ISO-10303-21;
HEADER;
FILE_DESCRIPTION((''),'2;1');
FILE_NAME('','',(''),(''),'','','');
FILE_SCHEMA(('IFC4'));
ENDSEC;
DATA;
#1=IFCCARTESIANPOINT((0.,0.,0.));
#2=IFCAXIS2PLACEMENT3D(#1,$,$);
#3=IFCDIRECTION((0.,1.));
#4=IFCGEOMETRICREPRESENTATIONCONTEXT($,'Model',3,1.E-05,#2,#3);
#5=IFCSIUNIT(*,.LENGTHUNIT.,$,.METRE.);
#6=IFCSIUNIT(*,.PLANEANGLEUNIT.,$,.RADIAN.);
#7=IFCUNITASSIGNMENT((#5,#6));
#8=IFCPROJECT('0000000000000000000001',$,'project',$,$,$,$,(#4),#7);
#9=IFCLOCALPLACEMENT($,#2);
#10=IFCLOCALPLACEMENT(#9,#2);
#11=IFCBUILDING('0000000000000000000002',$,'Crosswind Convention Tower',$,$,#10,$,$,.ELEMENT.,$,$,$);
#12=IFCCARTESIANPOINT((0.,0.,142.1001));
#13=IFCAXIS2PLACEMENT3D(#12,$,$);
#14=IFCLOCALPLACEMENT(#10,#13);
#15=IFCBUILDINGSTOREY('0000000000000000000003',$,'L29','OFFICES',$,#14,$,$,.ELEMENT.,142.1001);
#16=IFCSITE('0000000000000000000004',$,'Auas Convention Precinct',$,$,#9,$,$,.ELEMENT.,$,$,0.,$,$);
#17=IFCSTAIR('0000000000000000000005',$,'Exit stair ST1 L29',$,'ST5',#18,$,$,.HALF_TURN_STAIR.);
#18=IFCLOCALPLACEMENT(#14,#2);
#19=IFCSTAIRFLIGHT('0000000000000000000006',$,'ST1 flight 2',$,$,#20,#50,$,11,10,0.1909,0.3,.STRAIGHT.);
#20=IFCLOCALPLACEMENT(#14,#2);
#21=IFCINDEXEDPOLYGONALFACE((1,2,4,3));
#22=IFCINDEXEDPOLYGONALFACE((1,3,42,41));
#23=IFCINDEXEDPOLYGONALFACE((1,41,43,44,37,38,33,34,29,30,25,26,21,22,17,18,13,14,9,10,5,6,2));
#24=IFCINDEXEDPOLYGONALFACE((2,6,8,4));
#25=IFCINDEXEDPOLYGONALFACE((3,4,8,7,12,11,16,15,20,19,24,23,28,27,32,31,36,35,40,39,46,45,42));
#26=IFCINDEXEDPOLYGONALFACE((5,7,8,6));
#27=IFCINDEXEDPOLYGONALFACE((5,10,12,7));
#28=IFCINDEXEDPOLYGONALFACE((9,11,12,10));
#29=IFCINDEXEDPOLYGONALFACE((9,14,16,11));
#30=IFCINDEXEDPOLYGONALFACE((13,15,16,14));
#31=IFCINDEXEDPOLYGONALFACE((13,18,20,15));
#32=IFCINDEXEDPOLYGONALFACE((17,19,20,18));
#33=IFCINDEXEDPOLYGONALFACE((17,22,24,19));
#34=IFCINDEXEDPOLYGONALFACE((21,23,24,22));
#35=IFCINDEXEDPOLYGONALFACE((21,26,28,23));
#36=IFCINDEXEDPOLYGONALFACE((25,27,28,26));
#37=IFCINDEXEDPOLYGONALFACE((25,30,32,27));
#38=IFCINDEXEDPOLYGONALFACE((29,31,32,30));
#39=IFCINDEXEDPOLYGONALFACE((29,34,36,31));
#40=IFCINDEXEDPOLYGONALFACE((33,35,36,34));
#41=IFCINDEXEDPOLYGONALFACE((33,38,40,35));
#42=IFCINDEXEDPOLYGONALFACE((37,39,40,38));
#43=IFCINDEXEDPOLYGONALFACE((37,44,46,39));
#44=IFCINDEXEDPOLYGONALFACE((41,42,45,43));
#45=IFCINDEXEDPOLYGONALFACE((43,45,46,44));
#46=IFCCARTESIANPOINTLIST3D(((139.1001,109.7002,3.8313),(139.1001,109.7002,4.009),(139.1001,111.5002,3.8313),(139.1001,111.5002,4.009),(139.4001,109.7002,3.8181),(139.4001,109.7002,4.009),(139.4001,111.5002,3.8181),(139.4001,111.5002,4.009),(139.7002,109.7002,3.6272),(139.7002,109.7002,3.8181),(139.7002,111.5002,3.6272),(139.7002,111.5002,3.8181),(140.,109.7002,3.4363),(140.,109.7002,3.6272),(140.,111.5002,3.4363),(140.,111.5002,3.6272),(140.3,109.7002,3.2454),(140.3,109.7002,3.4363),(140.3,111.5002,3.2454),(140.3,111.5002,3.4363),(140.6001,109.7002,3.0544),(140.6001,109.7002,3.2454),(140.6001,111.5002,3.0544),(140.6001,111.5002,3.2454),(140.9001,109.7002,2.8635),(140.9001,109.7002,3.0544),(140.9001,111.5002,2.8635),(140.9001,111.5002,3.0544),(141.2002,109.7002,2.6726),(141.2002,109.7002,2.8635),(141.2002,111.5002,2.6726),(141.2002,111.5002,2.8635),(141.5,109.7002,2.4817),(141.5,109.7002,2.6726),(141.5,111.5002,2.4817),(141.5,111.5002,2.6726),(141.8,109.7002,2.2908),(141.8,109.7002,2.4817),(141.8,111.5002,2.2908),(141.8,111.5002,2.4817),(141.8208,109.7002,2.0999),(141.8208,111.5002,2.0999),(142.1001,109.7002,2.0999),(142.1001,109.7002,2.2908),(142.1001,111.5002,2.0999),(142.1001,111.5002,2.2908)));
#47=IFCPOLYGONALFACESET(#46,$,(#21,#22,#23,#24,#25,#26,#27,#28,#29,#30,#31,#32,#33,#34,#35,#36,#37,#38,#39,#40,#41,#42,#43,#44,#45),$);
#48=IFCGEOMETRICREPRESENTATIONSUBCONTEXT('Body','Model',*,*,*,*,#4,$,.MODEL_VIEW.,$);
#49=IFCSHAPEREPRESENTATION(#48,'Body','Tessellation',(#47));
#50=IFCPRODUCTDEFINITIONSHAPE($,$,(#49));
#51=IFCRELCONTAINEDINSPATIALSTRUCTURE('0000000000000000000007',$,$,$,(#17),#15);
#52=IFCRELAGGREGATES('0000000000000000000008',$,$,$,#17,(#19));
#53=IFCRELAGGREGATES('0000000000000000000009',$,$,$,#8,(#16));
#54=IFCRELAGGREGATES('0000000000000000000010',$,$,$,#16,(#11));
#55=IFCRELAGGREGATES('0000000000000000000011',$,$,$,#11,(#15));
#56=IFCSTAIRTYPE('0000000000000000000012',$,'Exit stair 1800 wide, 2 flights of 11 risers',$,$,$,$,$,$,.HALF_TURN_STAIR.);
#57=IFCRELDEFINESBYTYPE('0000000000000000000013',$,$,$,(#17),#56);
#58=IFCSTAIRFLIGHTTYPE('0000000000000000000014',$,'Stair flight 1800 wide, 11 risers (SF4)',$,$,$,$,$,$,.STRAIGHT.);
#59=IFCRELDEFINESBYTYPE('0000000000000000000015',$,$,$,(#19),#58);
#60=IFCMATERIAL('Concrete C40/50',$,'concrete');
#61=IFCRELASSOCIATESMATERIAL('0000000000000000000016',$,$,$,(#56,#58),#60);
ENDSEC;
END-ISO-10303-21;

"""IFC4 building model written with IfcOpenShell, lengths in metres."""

from ifc_helpers import new_model, si_unit, direction, frame, origin, place, context, subcontext, project, spatial, polyline, outline, extrude, material, type_object, element, aggregate, save


model = new_model("IFC4")

# Units and contexts
model_context = context("Model", 3, precision=1e-05, world=origin(), true_north=direction((0.0, 1.0)))
body_context = subcontext(model_context, "Body", "Model", "MODEL_VIEW")
ifc_project = project(units=[si_unit("LENGTHUNIT", "METRE"), si_unit("PLANEANGLEUNIT", "RADIAN")], contexts=[model_context])

# Site, building, storey
site_placement = place(None, origin())
site = spatial("IfcSite", under=ifc_project, at=site_placement, Name="Auas Convention Precinct", CompositionType="ELEMENT", RefElevation=0.0)
building_placement = place(site_placement, origin())
building = spatial("IfcBuilding", under=site, at=building_placement, Name="Crosswind Convention Tower", CompositionType="ELEMENT")
storey_placement = place(building_placement, frame((0.0, 0.0, 142.1001)))
storey = spatial("IfcBuildingStorey", under=building, at=storey_placement, Name="L29", Description="OFFICES", CompositionType="ELEMENT", Elevation=142.1001)

# Stair, stair flight
ifc_material_1 = material(Name="Concrete C40/50", Category="concrete")
stair_type = type_object("IfcStairType", Name="Exit stair 1800 wide, 2 flights of 11 risers", PredefinedType="HALF_TURN_STAIR", material=ifc_material_1)
stair_placement = place(storey_placement, origin())
stair = element("IfcStair", 1, at=stair_placement, inside=storey, type_object=stair_type, Name="Exit stair ST1 L29", ObjectType="ST5", PredefinedType="HALF_TURN_STAIR")
stair_flight_type = type_object("IfcStairFlightType", Name="Stair flight 1800 wide, 11 risers (SF4)", PredefinedType="STRAIGHT", material=ifc_material_1)
stair_flight_1_placement = place(storey_placement, frame((142.1001, 110.6001, 2.0999), z_axis=(0.0, 0.0, 1.0), x_axis=(-1.0, 0.0, 0.0)))
stair_flight_1 = element("IfcStairFlight", 2, at=stair_flight_1_placement, type_object=stair_flight_type, Name="ST1 flight 2", NumberOfRisers=11, NumberOfTreads=10, PredefinedType="STRAIGHT", RiserHeight=0.1909, TreadLength=0.3, context=body_context, shape_type="SweptSolid", body=[
    extrude(outline(polyline([(0.0, 0.0), (0.0, 0.1909), (0.3, 0.1909), (0.3, 0.3818), (0.6001, 0.3818), (0.6001, 0.5728), (0.8999, 0.5728), (0.8999, 0.7637), (1.2, 0.7637), (1.2, 0.9546), (1.5, 0.9546), (1.5, 1.1455), (1.8, 1.1455), (1.8, 1.3364), (2.1001, 1.3364), (2.1001, 1.5273), (2.3999, 1.5273), (2.3999, 1.7183), (2.7, 1.7183), (2.7, 1.9092), (3.0, 1.9092), (3.0, 2.1001), (3.0, 1.7314), (0.2793, 0.0), (0.0, 0.0)])), frame((0.0, 0.8999, 0.0), z_axis=(0.0, -1.0, 0.0), x_axis=(1.0, 0.0, 0.0)), (0.0, 0.0, 1.0), 1.8),
])
aggregate(stair, [stair_flight_1])

save(model, "model.ifc")
